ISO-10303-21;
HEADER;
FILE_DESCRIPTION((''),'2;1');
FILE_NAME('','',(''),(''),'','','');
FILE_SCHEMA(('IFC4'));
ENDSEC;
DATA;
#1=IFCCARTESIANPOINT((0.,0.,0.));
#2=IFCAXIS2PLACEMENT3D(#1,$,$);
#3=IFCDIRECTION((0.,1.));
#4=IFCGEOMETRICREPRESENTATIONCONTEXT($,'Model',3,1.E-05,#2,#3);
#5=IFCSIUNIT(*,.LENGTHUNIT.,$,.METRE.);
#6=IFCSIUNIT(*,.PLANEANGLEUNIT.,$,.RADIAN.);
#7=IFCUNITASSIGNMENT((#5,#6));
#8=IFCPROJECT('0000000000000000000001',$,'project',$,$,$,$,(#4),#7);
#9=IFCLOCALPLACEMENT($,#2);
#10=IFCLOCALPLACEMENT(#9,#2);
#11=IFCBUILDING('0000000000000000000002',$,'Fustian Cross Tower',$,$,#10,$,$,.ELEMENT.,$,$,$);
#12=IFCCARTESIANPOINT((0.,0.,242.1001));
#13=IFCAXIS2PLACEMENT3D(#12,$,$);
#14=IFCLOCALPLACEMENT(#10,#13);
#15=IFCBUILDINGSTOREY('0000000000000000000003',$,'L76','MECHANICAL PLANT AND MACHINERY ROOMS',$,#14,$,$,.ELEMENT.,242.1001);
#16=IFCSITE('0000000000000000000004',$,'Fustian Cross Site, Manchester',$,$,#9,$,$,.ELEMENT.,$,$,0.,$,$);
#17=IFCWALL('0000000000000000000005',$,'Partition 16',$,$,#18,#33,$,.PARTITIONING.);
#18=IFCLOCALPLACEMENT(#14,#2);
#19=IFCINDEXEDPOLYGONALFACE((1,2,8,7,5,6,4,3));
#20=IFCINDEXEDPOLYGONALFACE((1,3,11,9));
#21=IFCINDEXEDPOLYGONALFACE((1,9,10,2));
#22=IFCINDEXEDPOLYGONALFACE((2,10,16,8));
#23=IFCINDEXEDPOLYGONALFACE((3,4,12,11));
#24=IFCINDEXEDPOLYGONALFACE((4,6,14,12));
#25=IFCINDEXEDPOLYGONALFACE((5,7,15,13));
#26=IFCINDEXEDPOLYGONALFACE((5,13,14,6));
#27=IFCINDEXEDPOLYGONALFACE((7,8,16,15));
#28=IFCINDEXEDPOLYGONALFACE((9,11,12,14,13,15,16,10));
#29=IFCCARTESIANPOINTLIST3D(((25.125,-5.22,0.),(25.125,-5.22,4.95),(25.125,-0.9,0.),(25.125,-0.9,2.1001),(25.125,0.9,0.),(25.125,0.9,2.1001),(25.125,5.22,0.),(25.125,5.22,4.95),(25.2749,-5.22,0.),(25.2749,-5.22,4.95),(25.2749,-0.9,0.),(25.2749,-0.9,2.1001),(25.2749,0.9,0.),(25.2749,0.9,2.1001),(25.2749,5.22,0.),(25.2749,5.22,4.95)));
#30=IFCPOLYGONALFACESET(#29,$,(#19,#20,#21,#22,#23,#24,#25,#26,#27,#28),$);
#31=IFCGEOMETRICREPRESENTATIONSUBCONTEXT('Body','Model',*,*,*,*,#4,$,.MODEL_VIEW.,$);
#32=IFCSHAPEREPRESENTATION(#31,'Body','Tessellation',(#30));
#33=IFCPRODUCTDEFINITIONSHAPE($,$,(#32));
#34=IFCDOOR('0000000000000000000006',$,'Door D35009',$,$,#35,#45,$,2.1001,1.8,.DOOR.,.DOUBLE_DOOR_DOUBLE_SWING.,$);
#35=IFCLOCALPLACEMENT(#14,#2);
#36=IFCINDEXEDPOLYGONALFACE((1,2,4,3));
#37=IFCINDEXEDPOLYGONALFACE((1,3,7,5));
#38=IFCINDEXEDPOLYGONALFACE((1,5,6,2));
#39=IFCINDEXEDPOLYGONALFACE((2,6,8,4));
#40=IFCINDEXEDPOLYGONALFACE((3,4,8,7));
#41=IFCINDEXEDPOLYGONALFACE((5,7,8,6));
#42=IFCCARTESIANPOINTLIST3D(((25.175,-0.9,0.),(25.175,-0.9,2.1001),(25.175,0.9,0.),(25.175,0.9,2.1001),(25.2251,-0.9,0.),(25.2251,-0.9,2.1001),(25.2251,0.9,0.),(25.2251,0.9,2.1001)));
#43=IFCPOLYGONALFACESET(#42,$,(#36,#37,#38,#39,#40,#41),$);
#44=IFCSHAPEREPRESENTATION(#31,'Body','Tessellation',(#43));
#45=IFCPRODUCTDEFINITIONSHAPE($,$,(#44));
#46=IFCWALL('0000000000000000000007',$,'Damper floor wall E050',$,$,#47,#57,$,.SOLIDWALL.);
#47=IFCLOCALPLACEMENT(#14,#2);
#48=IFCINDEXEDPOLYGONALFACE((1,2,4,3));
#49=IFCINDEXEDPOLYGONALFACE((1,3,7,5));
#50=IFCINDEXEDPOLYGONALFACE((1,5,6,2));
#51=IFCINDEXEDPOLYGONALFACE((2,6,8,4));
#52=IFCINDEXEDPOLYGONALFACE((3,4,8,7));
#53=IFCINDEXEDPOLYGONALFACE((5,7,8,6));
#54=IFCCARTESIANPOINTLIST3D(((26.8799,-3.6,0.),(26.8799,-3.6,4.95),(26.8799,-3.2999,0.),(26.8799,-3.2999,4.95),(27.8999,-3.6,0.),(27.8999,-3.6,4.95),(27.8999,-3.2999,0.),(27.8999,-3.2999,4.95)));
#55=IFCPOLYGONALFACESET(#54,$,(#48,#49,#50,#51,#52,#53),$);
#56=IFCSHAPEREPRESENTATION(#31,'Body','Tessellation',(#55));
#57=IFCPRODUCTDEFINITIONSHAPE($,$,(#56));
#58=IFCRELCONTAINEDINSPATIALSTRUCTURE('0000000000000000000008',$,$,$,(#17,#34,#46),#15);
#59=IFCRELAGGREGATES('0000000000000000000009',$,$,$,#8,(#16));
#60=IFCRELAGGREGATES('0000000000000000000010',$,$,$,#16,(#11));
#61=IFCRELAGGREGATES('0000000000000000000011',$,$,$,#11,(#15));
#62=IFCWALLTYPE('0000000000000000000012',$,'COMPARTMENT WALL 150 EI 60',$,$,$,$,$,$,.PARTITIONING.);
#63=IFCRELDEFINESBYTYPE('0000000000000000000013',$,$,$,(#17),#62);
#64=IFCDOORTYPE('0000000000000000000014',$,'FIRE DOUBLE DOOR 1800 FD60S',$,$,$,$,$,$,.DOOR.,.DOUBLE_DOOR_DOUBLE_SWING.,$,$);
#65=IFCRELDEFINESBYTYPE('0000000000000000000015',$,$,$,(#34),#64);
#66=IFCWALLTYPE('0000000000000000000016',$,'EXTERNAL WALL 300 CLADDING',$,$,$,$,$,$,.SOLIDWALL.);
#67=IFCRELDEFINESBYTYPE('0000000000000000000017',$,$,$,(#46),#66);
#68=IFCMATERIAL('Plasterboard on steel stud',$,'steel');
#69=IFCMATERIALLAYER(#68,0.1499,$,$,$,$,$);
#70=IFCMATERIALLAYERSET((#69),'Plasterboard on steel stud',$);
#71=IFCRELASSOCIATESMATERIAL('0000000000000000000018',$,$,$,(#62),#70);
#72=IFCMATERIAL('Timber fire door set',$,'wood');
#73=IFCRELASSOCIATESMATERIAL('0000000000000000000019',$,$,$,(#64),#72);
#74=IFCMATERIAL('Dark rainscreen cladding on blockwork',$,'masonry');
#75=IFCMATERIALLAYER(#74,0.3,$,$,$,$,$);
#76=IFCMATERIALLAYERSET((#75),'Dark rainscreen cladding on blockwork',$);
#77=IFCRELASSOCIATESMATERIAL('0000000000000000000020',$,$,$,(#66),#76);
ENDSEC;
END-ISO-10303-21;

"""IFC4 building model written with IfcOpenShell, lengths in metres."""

from ifc_helpers import new_model, si_unit, direction, frame, frame_2d, origin, place, context, subcontext, project, spatial, rectangle, extrude, material, layer, layer_set, type_object, element, fill, save


model = new_model("IFC4")

# Units and contexts
model_context = context("Model", 3, precision=1e-05, world=origin(), true_north=direction((0.0, 1.0)))
body_context = subcontext(model_context, "Body", "Model", "MODEL_VIEW")
ifc_project = project(units=[si_unit("LENGTHUNIT", "METRE"), si_unit("PLANEANGLEUNIT", "RADIAN")], contexts=[model_context])

# Site, building, storey
site_placement = place(None, origin())
site = spatial("IfcSite", under=ifc_project, at=site_placement, Name="Fustian Cross Site, Manchester", CompositionType="ELEMENT", RefElevation=0.0)
building_placement = place(site_placement, origin())
building = spatial("IfcBuilding", under=site, at=building_placement, Name="Fustian Cross Tower", CompositionType="ELEMENT")
storey_placement = place(building_placement, frame((0.0, 0.0, 242.1001)))
storey = spatial("IfcBuildingStorey", under=building, at=storey_placement, Name="L76", Description="MECHANICAL PLANT AND MACHINERY ROOMS", CompositionType="ELEMENT", Elevation=242.1001)

# Wall, opening, door
ifc_material_1 = material(Name="Plasterboard on steel stud", Category="steel")
ifc_layer_1 = layer(ifc_material_1, 0.1499)
ifc_layer_set_1 = layer_set([ifc_layer_1], Name="Plasterboard on steel stud")
wall_type_1 = type_object("IfcWallType", Name="COMPARTMENT WALL 150 EI 60", PredefinedType="PARTITIONING", material=ifc_layer_set_1)
wall_1_placement = place(storey_placement, frame((25.2, -5.22, 0.0), z_axis=(0.0, 0.0, 1.0), x_axis=(0.0, 1.0, 0.0)))
wall_1 = element("IfcWall", 1, at=wall_1_placement, inside=storey, type_object=wall_type_1, Name="Partition 16", PredefinedType="PARTITIONING", context=body_context, shape_type="SweptSolid", body=[
    extrude(rectangle(XDim=10.4399, YDim=0.1499, at=frame_2d((5.22, 0.0))), origin(), (0.0, 0.0, 1.0), 4.95),
])
opening_placement = place(wall_1_placement, frame((4.3201, 0.0, 0.0)))
opening = element("IfcOpeningElement", 2, at=opening_placement, cuts=wall_1, PredefinedType="OPENING", context=body_context, shape_type="SweptSolid", body=[
    extrude(rectangle(XDim=1.8, YDim=2.1001, at=frame_2d((0.8999, 1.05))), frame((0.0, 0.085, 0.0), z_axis=(0.0, -1.0, 0.0), x_axis=(1.0, 0.0, 0.0)), (0.0, 0.0, 1.0), 0.1699),
])
ifc_material_2 = material(Name="Timber fire door set", Category="wood")
door_type = type_object("IfcDoorType", Name="FIRE DOUBLE DOOR 1800 FD60S", OperationType="DOUBLE_DOOR_DOUBLE_SWING", PredefinedType="DOOR", material=ifc_material_2)
door_placement = place(opening_placement, origin())
door = element("IfcDoor", 3, at=door_placement, inside=storey, type_object=door_type, Name="Door D35009", OperationType="DOUBLE_DOOR_DOUBLE_SWING", OverallHeight=2.1001, OverallWidth=1.8, PredefinedType="DOOR", context=body_context, shape_type="SweptSolid", body=[
    extrude(rectangle(XDim=1.8, YDim=2.1001, at=frame_2d((0.8999, 1.05))), frame((0.0, 0.0249, 0.0), z_axis=(0.0, -1.0, 0.0), x_axis=(1.0, 0.0, 0.0)), (0.0, 0.0, 1.0), 0.05),
])
fill(opening, door)

# Wall
ifc_material_3 = material(Name="Dark rainscreen cladding on blockwork", Category="masonry")
ifc_layer_2 = layer(ifc_material_3, 0.3)
ifc_layer_set_2 = layer_set([ifc_layer_2], Name="Dark rainscreen cladding on blockwork")
wall_type_2 = type_object("IfcWallType", Name="EXTERNAL WALL 300 CLADDING", PredefinedType="SOLIDWALL", material=ifc_layer_set_2)
wall_2_placement = place(storey_placement, frame((26.8799, -3.45, 0.0), z_axis=(0.0, 0.0, 1.0), x_axis=(1.0, 0.0, 0.0)))
element("IfcWall", 4, at=wall_2_placement, inside=storey, type_object=wall_type_2, Name="Damper floor wall E050", PredefinedType="SOLIDWALL", context=body_context, shape_type="SweptSolid", body=[
    extrude(rectangle(XDim=1.02, YDim=0.3, at=frame_2d((0.51, 0.0))), origin(), (0.0, 0.0, 1.0), 4.95),
])

save(model, "model.ifc")
